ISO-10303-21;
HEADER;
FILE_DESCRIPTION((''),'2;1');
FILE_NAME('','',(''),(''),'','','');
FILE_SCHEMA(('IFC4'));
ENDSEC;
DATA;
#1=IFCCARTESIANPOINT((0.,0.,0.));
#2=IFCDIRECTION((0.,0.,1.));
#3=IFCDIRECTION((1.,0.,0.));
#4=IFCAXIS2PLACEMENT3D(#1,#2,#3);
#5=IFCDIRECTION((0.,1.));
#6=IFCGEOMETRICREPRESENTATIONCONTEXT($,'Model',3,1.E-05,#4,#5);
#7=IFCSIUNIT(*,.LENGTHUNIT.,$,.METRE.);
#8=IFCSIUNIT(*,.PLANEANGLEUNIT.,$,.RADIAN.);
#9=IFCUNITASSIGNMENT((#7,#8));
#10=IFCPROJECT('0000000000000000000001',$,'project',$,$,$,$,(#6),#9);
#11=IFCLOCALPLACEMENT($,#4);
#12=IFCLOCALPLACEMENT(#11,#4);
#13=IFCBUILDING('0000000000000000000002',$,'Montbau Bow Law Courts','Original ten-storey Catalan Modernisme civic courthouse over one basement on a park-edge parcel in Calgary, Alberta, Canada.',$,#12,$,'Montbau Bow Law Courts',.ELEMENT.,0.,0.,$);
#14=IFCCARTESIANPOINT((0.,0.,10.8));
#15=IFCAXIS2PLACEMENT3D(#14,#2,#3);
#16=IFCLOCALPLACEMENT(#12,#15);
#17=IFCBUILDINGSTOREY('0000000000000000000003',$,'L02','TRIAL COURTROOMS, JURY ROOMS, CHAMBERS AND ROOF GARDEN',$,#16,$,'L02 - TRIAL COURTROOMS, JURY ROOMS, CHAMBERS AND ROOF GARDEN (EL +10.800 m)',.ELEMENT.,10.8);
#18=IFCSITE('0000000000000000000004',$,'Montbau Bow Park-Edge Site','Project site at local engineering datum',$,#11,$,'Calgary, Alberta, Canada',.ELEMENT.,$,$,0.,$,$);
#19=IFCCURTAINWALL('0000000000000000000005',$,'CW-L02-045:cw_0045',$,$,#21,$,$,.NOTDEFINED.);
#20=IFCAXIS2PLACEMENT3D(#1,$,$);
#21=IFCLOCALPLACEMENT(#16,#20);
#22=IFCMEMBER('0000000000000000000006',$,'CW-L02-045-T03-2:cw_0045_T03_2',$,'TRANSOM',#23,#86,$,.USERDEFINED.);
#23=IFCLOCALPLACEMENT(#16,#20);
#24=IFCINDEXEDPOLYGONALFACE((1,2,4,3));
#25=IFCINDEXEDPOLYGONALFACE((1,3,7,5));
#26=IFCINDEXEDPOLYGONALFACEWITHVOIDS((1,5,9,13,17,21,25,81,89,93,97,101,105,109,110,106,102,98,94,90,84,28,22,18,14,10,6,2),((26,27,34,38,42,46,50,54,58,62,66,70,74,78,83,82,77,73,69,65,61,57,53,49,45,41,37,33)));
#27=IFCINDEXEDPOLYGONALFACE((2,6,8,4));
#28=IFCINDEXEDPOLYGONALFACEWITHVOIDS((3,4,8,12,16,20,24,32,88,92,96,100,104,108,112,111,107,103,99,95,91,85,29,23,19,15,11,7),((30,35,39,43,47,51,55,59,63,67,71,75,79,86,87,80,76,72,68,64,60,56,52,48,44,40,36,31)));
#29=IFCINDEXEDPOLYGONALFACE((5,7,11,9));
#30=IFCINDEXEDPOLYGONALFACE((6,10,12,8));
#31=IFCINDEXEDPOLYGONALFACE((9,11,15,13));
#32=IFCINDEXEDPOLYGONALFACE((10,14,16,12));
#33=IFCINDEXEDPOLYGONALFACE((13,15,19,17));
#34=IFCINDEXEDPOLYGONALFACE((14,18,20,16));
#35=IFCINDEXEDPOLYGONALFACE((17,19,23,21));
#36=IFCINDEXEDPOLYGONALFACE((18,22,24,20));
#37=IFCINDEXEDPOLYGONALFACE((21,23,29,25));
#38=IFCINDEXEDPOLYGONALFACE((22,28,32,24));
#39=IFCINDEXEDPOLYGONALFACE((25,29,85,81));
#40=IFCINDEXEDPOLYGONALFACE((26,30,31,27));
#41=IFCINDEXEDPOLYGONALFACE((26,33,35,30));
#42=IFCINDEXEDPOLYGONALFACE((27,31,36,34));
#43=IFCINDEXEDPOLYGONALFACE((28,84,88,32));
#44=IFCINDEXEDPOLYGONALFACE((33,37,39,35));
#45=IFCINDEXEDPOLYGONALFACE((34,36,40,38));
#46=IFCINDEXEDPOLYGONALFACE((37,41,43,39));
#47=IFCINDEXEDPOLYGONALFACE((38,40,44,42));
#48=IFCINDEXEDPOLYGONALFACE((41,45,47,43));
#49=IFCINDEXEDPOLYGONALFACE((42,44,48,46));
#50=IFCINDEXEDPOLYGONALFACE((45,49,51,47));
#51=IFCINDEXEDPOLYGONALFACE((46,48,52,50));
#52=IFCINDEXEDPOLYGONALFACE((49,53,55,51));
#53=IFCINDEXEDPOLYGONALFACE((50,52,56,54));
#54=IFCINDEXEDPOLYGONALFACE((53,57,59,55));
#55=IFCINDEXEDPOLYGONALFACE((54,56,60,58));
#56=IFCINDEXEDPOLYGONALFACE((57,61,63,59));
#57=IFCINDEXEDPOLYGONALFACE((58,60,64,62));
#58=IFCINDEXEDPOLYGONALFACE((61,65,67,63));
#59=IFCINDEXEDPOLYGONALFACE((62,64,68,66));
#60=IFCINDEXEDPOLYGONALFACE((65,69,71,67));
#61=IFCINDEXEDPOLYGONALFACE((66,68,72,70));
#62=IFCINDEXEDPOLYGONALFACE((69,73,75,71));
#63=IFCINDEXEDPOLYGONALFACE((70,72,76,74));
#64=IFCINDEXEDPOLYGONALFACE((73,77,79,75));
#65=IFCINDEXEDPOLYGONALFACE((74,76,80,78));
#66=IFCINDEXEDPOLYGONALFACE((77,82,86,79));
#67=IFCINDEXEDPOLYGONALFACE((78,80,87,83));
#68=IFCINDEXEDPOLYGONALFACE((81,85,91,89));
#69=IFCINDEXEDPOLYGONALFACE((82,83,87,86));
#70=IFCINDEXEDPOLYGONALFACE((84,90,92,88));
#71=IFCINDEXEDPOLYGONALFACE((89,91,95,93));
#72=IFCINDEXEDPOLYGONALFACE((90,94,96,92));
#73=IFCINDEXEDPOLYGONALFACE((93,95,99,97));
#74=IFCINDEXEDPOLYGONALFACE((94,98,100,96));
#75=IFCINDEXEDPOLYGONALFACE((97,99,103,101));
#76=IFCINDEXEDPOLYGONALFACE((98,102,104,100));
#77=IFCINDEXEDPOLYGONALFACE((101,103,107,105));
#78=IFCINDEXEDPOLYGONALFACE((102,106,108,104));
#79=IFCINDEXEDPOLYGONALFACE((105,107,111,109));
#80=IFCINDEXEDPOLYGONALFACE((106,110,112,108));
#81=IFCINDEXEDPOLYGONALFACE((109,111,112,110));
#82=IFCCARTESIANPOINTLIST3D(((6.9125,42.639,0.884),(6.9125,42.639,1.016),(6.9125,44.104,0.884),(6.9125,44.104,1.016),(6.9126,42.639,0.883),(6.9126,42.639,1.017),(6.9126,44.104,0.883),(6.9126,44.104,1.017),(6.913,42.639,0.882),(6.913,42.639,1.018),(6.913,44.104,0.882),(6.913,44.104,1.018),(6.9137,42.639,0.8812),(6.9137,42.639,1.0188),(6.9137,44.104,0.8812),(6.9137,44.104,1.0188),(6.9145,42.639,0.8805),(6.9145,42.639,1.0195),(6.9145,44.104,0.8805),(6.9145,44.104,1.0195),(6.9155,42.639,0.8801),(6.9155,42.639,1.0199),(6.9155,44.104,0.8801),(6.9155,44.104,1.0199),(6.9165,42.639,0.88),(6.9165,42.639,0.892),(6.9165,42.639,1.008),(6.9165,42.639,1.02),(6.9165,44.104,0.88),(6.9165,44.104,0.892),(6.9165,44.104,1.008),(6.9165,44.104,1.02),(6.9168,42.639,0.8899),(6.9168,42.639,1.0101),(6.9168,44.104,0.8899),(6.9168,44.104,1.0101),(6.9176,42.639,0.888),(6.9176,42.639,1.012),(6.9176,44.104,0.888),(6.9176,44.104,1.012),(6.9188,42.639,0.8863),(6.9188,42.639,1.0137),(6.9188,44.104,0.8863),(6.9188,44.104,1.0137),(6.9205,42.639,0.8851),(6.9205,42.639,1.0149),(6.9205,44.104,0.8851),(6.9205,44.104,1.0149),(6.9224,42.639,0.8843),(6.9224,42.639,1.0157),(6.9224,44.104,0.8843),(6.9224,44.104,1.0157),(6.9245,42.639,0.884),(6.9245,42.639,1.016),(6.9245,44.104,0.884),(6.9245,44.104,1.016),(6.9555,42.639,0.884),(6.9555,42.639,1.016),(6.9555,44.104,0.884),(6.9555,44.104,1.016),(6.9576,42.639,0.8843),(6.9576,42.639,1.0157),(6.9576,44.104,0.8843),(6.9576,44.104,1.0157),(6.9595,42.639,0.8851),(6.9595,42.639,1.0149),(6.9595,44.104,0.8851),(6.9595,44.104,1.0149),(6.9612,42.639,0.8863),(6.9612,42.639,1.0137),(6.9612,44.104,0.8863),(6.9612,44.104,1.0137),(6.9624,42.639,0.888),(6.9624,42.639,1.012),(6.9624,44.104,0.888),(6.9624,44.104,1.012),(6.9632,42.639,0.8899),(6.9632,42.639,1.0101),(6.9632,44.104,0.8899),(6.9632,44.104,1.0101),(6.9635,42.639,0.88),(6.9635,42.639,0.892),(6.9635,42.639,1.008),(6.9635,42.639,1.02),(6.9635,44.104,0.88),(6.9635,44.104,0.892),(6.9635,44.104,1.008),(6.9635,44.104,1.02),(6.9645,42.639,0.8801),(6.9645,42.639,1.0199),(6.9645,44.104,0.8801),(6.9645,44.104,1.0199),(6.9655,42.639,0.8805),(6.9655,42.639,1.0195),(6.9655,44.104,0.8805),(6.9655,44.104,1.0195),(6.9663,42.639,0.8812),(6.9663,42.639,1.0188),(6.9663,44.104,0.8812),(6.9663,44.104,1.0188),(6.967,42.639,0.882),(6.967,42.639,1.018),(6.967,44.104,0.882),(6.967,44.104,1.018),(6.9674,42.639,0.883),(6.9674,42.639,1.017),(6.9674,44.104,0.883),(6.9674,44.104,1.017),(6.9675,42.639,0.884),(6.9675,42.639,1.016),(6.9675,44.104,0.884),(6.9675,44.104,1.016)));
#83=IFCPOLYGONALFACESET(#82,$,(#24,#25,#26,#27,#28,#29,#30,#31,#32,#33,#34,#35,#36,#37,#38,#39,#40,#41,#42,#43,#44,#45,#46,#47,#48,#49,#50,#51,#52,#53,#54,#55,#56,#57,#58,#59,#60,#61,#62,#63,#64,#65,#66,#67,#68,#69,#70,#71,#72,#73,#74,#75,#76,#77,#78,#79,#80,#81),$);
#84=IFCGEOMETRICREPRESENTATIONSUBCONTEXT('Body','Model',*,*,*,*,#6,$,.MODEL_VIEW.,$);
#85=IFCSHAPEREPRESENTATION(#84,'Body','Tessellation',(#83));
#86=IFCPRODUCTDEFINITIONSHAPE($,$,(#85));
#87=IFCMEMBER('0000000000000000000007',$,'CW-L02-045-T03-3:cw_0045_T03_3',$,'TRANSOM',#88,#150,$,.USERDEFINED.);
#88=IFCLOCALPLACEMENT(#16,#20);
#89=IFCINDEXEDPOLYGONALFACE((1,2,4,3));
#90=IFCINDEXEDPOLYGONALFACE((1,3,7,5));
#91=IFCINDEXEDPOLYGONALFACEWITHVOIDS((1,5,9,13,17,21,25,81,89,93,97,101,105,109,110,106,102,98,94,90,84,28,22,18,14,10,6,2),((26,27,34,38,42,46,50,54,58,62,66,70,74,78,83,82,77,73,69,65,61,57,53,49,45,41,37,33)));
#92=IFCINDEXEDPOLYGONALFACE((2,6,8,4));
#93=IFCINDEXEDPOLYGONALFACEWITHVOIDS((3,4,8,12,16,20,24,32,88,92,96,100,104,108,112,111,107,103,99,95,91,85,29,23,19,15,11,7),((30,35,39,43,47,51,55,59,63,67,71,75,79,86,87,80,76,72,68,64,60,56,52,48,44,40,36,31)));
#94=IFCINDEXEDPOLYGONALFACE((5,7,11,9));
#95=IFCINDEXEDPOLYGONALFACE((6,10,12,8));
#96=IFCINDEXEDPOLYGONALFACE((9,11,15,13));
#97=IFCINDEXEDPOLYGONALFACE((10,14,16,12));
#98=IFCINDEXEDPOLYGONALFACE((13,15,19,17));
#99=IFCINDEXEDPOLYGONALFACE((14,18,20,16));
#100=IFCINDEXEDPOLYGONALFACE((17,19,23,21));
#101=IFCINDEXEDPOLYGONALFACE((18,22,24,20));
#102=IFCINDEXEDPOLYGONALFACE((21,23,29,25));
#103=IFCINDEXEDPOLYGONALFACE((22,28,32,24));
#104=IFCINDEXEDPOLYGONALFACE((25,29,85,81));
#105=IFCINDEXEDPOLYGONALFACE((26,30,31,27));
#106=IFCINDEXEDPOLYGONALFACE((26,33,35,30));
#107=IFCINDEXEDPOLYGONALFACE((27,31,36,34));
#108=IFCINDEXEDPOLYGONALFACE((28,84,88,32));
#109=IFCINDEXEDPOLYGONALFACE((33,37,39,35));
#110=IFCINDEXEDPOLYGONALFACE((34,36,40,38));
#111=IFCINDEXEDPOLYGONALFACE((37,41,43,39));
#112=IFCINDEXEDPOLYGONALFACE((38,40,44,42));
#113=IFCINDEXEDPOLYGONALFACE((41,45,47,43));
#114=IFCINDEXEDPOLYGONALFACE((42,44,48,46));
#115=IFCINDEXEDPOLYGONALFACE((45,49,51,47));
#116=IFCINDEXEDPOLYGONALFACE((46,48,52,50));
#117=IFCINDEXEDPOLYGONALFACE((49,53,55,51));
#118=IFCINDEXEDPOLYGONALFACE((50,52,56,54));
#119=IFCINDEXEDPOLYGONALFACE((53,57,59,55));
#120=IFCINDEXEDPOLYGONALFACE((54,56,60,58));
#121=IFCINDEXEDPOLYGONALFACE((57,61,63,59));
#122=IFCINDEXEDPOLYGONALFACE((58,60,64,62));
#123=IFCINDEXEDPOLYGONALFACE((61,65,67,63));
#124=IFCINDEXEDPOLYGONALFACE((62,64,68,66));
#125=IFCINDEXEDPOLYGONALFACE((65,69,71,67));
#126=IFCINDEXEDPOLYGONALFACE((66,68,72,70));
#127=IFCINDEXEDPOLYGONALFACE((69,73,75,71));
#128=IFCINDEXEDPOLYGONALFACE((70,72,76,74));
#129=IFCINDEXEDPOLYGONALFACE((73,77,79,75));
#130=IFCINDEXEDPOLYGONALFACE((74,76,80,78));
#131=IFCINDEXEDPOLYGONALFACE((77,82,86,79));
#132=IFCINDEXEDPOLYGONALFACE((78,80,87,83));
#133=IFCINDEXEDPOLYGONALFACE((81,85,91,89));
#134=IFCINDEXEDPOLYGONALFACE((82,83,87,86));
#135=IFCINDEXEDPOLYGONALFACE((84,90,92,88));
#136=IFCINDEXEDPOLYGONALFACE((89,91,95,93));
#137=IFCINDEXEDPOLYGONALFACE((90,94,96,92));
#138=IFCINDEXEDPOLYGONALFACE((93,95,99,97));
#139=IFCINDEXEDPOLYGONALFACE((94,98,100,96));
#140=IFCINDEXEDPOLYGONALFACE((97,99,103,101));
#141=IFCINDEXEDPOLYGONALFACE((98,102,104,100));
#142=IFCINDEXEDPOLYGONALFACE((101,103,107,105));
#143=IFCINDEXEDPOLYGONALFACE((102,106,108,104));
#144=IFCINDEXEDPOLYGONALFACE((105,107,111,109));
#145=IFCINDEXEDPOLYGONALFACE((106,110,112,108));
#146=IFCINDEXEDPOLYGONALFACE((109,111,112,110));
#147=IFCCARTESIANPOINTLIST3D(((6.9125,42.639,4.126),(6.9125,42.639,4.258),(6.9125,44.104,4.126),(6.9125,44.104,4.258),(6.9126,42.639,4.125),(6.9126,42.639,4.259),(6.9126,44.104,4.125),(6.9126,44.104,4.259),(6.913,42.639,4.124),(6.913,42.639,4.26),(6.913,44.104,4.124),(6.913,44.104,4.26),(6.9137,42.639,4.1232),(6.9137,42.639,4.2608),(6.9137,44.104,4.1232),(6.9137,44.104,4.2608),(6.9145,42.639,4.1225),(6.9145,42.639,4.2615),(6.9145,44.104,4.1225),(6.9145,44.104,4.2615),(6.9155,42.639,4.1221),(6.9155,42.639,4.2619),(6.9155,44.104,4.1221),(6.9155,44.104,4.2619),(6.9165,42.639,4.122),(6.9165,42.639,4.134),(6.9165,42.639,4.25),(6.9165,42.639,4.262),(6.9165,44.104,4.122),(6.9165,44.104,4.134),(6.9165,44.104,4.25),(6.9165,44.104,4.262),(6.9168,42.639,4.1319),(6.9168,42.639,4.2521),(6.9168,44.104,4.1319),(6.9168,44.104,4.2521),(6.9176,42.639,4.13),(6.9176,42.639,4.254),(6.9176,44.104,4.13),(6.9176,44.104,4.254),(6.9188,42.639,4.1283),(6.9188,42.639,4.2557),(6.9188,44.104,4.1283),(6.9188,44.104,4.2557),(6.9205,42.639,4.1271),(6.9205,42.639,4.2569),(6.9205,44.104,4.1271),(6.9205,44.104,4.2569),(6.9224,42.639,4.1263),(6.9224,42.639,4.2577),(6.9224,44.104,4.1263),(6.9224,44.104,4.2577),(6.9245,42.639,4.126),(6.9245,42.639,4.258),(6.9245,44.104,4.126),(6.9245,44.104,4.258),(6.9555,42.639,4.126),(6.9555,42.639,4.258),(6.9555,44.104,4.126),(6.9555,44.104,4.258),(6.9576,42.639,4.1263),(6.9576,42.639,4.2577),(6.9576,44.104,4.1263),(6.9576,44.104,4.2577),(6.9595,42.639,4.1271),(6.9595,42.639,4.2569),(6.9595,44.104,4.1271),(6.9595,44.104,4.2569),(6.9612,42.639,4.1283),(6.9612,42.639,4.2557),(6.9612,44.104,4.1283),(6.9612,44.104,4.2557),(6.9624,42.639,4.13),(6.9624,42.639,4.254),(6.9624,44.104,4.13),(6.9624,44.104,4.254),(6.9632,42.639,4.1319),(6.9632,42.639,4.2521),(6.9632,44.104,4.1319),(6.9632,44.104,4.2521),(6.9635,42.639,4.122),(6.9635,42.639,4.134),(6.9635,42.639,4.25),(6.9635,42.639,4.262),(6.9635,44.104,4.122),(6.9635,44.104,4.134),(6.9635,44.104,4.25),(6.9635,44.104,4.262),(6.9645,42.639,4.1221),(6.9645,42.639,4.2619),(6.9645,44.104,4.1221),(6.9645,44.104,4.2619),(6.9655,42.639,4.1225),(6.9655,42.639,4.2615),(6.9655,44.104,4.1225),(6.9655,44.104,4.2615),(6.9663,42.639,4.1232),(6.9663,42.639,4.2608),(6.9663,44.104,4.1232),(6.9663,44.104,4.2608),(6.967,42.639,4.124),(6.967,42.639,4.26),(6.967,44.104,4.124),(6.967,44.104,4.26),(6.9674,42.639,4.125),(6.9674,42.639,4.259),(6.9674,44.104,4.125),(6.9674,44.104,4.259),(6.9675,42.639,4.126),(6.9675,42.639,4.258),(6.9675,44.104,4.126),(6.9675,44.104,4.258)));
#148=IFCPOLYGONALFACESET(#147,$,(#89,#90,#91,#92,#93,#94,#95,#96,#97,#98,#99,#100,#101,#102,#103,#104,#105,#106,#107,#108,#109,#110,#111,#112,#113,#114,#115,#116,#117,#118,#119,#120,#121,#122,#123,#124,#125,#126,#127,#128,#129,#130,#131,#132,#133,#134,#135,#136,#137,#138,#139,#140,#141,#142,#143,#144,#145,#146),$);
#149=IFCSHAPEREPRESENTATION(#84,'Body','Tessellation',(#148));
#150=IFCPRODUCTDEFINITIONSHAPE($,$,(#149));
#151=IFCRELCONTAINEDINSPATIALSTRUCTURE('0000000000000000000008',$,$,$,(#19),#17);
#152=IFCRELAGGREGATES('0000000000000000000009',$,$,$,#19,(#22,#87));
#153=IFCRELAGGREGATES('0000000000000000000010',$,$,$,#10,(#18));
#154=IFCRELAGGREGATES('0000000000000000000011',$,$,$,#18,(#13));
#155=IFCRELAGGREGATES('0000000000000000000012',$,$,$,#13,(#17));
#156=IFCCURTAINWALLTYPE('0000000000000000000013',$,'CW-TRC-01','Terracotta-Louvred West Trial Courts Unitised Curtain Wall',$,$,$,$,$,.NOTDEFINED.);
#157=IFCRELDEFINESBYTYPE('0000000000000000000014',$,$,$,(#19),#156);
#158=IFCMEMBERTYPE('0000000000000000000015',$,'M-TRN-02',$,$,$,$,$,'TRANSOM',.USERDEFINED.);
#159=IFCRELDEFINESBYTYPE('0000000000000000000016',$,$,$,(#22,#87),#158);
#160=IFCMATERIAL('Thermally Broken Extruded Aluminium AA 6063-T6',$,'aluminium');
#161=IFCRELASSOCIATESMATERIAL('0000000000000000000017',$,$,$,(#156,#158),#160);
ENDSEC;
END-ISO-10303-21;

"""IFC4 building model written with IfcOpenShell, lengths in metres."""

from ifc_helpers import new_model, si_unit, direction, frame, origin_with_axes, origin_2d_with_axis, place, context, subcontext, project, spatial, hollow_rectangle, extrude, material, material_profile, profile_set, type_object, element, aggregate, save


model = new_model("IFC4")

# Units and contexts
model_context = context("Model", 3, precision=1e-05, world=origin_with_axes(), true_north=direction((0.0, 1.0)))
body_context = subcontext(model_context, "Body", "Model", "MODEL_VIEW")
ifc_project = project(units=[si_unit("LENGTHUNIT", "METRE"), si_unit("PLANEANGLEUNIT", "RADIAN")], contexts=[model_context])

# Site, building, storey
site_placement = place(None, origin_with_axes())
site = spatial("IfcSite", under=ifc_project, at=site_placement, Name="Montbau Bow Park-Edge Site", Description="Project site at local engineering datum", LongName="Calgary, Alberta, Canada", CompositionType="ELEMENT", RefElevation=0.0)
building_placement = place(site_placement, origin_with_axes())
building = spatial("IfcBuilding", under=site, at=building_placement, Name="Montbau Bow Law Courts", Description="Original ten-storey Catalan Modernisme civic courthouse over one basement on a park-edge parcel in Calgary, Alberta, Canada.", LongName="Montbau Bow Law Courts", CompositionType="ELEMENT", ElevationOfRefHeight=0.0, ElevationOfTerrain=0.0)
storey_placement = place(building_placement, frame((0.0, 0.0, 10.8), z_axis=(0.0, 0.0, 1.0), x_axis=(1.0, 0.0, 0.0)))
storey = spatial("IfcBuildingStorey", under=building, at=storey_placement, Name="L02", Description="TRIAL COURTROOMS, JURY ROOMS, CHAMBERS AND ROOF GARDEN", LongName="L02 - TRIAL COURTROOMS, JURY ROOMS, CHAMBERS AND ROOF GARDEN (EL +10.800 m)", CompositionType="ELEMENT", Elevation=10.8)

# Curtain wall, members
ifc_material_1 = material(Name="Thermally Broken Extruded Aluminium AA 6063-T6", Category="aluminium")
curtain_wall_type = type_object("IfcCurtainWallType", Name="CW-TRC-01", Description="Terracotta-Louvred West Trial Courts Unitised Curtain Wall", PredefinedType="NOTDEFINED", material=ifc_material_1)
curtain_wall_placement = place(None, frame((6.94, 39.515, 10.8), z_axis=(0.0, 0.0, 1.0), x_axis=(1.0, 0.0, 0.0)))
curtain_wall = element("IfcCurtainWall", 1, at=curtain_wall_placement, inside=storey, type_object=curtain_wall_type, Name="CW-L02-045:cw_0045", PredefinedType="NOTDEFINED")
ifc_material_profile_1 = material_profile(ifc_material_1, hollow_rectangle(XDim=0.055, YDim=0.14, WallThickness=0.004, InnerFilletRadius=0.008, OuterFilletRadius=0.004, at=origin_2d_with_axis()), Name="CWT-140X55", Category="Main", Priority=0)
ifc_profile_set_1 = profile_set([ifc_material_profile_1], Name="Thermally Broken Extruded Aluminium AA 6063-T6")
member_type_1 = type_object("IfcMemberType", Name="M-TRN-02", ElementType="TRANSOM", PredefinedType="USERDEFINED", material=ifc_profile_set_1)
member_1_placement = place(None, frame((6.94, 42.639, 11.75), z_axis=(0.0, 1.0, 0.0), x_axis=(-1.0, 0.0, 0.0)))
member_1 = element("IfcMember", 2, at=member_1_placement, type_object=member_type_1, Name="CW-L02-045-T03-2:cw_0045_T03_2", ObjectType="TRANSOM", PredefinedType="USERDEFINED", context=body_context, shape_type="SweptSolid", body=[
    extrude(hollow_rectangle(XDim=0.055, YDim=0.14, WallThickness=0.004, InnerFilletRadius=0.008, OuterFilletRadius=0.004, at=origin_2d_with_axis()), origin_with_axes(), (0.0, 0.0, 1.0), 1.465),
])
member_2_placement = place(None, frame((6.94, 42.639, 14.992), z_axis=(0.0, 1.0, 0.0), x_axis=(-1.0, 0.0, 0.0)))
member_2 = element("IfcMember", 3, at=member_2_placement, type_object=member_type_1, Name="CW-L02-045-T03-3:cw_0045_T03_3", ObjectType="TRANSOM", PredefinedType="USERDEFINED", context=body_context, shape_type="SweptSolid", body=[
    extrude(hollow_rectangle(XDim=0.055, YDim=0.14, WallThickness=0.004, InnerFilletRadius=0.008, OuterFilletRadius=0.004, at=origin_2d_with_axis()), origin_with_axes(), (0.0, 0.0, 1.0), 1.465),
])
aggregate(curtain_wall, [member_1, member_2])

save(model, "model.ifc")
